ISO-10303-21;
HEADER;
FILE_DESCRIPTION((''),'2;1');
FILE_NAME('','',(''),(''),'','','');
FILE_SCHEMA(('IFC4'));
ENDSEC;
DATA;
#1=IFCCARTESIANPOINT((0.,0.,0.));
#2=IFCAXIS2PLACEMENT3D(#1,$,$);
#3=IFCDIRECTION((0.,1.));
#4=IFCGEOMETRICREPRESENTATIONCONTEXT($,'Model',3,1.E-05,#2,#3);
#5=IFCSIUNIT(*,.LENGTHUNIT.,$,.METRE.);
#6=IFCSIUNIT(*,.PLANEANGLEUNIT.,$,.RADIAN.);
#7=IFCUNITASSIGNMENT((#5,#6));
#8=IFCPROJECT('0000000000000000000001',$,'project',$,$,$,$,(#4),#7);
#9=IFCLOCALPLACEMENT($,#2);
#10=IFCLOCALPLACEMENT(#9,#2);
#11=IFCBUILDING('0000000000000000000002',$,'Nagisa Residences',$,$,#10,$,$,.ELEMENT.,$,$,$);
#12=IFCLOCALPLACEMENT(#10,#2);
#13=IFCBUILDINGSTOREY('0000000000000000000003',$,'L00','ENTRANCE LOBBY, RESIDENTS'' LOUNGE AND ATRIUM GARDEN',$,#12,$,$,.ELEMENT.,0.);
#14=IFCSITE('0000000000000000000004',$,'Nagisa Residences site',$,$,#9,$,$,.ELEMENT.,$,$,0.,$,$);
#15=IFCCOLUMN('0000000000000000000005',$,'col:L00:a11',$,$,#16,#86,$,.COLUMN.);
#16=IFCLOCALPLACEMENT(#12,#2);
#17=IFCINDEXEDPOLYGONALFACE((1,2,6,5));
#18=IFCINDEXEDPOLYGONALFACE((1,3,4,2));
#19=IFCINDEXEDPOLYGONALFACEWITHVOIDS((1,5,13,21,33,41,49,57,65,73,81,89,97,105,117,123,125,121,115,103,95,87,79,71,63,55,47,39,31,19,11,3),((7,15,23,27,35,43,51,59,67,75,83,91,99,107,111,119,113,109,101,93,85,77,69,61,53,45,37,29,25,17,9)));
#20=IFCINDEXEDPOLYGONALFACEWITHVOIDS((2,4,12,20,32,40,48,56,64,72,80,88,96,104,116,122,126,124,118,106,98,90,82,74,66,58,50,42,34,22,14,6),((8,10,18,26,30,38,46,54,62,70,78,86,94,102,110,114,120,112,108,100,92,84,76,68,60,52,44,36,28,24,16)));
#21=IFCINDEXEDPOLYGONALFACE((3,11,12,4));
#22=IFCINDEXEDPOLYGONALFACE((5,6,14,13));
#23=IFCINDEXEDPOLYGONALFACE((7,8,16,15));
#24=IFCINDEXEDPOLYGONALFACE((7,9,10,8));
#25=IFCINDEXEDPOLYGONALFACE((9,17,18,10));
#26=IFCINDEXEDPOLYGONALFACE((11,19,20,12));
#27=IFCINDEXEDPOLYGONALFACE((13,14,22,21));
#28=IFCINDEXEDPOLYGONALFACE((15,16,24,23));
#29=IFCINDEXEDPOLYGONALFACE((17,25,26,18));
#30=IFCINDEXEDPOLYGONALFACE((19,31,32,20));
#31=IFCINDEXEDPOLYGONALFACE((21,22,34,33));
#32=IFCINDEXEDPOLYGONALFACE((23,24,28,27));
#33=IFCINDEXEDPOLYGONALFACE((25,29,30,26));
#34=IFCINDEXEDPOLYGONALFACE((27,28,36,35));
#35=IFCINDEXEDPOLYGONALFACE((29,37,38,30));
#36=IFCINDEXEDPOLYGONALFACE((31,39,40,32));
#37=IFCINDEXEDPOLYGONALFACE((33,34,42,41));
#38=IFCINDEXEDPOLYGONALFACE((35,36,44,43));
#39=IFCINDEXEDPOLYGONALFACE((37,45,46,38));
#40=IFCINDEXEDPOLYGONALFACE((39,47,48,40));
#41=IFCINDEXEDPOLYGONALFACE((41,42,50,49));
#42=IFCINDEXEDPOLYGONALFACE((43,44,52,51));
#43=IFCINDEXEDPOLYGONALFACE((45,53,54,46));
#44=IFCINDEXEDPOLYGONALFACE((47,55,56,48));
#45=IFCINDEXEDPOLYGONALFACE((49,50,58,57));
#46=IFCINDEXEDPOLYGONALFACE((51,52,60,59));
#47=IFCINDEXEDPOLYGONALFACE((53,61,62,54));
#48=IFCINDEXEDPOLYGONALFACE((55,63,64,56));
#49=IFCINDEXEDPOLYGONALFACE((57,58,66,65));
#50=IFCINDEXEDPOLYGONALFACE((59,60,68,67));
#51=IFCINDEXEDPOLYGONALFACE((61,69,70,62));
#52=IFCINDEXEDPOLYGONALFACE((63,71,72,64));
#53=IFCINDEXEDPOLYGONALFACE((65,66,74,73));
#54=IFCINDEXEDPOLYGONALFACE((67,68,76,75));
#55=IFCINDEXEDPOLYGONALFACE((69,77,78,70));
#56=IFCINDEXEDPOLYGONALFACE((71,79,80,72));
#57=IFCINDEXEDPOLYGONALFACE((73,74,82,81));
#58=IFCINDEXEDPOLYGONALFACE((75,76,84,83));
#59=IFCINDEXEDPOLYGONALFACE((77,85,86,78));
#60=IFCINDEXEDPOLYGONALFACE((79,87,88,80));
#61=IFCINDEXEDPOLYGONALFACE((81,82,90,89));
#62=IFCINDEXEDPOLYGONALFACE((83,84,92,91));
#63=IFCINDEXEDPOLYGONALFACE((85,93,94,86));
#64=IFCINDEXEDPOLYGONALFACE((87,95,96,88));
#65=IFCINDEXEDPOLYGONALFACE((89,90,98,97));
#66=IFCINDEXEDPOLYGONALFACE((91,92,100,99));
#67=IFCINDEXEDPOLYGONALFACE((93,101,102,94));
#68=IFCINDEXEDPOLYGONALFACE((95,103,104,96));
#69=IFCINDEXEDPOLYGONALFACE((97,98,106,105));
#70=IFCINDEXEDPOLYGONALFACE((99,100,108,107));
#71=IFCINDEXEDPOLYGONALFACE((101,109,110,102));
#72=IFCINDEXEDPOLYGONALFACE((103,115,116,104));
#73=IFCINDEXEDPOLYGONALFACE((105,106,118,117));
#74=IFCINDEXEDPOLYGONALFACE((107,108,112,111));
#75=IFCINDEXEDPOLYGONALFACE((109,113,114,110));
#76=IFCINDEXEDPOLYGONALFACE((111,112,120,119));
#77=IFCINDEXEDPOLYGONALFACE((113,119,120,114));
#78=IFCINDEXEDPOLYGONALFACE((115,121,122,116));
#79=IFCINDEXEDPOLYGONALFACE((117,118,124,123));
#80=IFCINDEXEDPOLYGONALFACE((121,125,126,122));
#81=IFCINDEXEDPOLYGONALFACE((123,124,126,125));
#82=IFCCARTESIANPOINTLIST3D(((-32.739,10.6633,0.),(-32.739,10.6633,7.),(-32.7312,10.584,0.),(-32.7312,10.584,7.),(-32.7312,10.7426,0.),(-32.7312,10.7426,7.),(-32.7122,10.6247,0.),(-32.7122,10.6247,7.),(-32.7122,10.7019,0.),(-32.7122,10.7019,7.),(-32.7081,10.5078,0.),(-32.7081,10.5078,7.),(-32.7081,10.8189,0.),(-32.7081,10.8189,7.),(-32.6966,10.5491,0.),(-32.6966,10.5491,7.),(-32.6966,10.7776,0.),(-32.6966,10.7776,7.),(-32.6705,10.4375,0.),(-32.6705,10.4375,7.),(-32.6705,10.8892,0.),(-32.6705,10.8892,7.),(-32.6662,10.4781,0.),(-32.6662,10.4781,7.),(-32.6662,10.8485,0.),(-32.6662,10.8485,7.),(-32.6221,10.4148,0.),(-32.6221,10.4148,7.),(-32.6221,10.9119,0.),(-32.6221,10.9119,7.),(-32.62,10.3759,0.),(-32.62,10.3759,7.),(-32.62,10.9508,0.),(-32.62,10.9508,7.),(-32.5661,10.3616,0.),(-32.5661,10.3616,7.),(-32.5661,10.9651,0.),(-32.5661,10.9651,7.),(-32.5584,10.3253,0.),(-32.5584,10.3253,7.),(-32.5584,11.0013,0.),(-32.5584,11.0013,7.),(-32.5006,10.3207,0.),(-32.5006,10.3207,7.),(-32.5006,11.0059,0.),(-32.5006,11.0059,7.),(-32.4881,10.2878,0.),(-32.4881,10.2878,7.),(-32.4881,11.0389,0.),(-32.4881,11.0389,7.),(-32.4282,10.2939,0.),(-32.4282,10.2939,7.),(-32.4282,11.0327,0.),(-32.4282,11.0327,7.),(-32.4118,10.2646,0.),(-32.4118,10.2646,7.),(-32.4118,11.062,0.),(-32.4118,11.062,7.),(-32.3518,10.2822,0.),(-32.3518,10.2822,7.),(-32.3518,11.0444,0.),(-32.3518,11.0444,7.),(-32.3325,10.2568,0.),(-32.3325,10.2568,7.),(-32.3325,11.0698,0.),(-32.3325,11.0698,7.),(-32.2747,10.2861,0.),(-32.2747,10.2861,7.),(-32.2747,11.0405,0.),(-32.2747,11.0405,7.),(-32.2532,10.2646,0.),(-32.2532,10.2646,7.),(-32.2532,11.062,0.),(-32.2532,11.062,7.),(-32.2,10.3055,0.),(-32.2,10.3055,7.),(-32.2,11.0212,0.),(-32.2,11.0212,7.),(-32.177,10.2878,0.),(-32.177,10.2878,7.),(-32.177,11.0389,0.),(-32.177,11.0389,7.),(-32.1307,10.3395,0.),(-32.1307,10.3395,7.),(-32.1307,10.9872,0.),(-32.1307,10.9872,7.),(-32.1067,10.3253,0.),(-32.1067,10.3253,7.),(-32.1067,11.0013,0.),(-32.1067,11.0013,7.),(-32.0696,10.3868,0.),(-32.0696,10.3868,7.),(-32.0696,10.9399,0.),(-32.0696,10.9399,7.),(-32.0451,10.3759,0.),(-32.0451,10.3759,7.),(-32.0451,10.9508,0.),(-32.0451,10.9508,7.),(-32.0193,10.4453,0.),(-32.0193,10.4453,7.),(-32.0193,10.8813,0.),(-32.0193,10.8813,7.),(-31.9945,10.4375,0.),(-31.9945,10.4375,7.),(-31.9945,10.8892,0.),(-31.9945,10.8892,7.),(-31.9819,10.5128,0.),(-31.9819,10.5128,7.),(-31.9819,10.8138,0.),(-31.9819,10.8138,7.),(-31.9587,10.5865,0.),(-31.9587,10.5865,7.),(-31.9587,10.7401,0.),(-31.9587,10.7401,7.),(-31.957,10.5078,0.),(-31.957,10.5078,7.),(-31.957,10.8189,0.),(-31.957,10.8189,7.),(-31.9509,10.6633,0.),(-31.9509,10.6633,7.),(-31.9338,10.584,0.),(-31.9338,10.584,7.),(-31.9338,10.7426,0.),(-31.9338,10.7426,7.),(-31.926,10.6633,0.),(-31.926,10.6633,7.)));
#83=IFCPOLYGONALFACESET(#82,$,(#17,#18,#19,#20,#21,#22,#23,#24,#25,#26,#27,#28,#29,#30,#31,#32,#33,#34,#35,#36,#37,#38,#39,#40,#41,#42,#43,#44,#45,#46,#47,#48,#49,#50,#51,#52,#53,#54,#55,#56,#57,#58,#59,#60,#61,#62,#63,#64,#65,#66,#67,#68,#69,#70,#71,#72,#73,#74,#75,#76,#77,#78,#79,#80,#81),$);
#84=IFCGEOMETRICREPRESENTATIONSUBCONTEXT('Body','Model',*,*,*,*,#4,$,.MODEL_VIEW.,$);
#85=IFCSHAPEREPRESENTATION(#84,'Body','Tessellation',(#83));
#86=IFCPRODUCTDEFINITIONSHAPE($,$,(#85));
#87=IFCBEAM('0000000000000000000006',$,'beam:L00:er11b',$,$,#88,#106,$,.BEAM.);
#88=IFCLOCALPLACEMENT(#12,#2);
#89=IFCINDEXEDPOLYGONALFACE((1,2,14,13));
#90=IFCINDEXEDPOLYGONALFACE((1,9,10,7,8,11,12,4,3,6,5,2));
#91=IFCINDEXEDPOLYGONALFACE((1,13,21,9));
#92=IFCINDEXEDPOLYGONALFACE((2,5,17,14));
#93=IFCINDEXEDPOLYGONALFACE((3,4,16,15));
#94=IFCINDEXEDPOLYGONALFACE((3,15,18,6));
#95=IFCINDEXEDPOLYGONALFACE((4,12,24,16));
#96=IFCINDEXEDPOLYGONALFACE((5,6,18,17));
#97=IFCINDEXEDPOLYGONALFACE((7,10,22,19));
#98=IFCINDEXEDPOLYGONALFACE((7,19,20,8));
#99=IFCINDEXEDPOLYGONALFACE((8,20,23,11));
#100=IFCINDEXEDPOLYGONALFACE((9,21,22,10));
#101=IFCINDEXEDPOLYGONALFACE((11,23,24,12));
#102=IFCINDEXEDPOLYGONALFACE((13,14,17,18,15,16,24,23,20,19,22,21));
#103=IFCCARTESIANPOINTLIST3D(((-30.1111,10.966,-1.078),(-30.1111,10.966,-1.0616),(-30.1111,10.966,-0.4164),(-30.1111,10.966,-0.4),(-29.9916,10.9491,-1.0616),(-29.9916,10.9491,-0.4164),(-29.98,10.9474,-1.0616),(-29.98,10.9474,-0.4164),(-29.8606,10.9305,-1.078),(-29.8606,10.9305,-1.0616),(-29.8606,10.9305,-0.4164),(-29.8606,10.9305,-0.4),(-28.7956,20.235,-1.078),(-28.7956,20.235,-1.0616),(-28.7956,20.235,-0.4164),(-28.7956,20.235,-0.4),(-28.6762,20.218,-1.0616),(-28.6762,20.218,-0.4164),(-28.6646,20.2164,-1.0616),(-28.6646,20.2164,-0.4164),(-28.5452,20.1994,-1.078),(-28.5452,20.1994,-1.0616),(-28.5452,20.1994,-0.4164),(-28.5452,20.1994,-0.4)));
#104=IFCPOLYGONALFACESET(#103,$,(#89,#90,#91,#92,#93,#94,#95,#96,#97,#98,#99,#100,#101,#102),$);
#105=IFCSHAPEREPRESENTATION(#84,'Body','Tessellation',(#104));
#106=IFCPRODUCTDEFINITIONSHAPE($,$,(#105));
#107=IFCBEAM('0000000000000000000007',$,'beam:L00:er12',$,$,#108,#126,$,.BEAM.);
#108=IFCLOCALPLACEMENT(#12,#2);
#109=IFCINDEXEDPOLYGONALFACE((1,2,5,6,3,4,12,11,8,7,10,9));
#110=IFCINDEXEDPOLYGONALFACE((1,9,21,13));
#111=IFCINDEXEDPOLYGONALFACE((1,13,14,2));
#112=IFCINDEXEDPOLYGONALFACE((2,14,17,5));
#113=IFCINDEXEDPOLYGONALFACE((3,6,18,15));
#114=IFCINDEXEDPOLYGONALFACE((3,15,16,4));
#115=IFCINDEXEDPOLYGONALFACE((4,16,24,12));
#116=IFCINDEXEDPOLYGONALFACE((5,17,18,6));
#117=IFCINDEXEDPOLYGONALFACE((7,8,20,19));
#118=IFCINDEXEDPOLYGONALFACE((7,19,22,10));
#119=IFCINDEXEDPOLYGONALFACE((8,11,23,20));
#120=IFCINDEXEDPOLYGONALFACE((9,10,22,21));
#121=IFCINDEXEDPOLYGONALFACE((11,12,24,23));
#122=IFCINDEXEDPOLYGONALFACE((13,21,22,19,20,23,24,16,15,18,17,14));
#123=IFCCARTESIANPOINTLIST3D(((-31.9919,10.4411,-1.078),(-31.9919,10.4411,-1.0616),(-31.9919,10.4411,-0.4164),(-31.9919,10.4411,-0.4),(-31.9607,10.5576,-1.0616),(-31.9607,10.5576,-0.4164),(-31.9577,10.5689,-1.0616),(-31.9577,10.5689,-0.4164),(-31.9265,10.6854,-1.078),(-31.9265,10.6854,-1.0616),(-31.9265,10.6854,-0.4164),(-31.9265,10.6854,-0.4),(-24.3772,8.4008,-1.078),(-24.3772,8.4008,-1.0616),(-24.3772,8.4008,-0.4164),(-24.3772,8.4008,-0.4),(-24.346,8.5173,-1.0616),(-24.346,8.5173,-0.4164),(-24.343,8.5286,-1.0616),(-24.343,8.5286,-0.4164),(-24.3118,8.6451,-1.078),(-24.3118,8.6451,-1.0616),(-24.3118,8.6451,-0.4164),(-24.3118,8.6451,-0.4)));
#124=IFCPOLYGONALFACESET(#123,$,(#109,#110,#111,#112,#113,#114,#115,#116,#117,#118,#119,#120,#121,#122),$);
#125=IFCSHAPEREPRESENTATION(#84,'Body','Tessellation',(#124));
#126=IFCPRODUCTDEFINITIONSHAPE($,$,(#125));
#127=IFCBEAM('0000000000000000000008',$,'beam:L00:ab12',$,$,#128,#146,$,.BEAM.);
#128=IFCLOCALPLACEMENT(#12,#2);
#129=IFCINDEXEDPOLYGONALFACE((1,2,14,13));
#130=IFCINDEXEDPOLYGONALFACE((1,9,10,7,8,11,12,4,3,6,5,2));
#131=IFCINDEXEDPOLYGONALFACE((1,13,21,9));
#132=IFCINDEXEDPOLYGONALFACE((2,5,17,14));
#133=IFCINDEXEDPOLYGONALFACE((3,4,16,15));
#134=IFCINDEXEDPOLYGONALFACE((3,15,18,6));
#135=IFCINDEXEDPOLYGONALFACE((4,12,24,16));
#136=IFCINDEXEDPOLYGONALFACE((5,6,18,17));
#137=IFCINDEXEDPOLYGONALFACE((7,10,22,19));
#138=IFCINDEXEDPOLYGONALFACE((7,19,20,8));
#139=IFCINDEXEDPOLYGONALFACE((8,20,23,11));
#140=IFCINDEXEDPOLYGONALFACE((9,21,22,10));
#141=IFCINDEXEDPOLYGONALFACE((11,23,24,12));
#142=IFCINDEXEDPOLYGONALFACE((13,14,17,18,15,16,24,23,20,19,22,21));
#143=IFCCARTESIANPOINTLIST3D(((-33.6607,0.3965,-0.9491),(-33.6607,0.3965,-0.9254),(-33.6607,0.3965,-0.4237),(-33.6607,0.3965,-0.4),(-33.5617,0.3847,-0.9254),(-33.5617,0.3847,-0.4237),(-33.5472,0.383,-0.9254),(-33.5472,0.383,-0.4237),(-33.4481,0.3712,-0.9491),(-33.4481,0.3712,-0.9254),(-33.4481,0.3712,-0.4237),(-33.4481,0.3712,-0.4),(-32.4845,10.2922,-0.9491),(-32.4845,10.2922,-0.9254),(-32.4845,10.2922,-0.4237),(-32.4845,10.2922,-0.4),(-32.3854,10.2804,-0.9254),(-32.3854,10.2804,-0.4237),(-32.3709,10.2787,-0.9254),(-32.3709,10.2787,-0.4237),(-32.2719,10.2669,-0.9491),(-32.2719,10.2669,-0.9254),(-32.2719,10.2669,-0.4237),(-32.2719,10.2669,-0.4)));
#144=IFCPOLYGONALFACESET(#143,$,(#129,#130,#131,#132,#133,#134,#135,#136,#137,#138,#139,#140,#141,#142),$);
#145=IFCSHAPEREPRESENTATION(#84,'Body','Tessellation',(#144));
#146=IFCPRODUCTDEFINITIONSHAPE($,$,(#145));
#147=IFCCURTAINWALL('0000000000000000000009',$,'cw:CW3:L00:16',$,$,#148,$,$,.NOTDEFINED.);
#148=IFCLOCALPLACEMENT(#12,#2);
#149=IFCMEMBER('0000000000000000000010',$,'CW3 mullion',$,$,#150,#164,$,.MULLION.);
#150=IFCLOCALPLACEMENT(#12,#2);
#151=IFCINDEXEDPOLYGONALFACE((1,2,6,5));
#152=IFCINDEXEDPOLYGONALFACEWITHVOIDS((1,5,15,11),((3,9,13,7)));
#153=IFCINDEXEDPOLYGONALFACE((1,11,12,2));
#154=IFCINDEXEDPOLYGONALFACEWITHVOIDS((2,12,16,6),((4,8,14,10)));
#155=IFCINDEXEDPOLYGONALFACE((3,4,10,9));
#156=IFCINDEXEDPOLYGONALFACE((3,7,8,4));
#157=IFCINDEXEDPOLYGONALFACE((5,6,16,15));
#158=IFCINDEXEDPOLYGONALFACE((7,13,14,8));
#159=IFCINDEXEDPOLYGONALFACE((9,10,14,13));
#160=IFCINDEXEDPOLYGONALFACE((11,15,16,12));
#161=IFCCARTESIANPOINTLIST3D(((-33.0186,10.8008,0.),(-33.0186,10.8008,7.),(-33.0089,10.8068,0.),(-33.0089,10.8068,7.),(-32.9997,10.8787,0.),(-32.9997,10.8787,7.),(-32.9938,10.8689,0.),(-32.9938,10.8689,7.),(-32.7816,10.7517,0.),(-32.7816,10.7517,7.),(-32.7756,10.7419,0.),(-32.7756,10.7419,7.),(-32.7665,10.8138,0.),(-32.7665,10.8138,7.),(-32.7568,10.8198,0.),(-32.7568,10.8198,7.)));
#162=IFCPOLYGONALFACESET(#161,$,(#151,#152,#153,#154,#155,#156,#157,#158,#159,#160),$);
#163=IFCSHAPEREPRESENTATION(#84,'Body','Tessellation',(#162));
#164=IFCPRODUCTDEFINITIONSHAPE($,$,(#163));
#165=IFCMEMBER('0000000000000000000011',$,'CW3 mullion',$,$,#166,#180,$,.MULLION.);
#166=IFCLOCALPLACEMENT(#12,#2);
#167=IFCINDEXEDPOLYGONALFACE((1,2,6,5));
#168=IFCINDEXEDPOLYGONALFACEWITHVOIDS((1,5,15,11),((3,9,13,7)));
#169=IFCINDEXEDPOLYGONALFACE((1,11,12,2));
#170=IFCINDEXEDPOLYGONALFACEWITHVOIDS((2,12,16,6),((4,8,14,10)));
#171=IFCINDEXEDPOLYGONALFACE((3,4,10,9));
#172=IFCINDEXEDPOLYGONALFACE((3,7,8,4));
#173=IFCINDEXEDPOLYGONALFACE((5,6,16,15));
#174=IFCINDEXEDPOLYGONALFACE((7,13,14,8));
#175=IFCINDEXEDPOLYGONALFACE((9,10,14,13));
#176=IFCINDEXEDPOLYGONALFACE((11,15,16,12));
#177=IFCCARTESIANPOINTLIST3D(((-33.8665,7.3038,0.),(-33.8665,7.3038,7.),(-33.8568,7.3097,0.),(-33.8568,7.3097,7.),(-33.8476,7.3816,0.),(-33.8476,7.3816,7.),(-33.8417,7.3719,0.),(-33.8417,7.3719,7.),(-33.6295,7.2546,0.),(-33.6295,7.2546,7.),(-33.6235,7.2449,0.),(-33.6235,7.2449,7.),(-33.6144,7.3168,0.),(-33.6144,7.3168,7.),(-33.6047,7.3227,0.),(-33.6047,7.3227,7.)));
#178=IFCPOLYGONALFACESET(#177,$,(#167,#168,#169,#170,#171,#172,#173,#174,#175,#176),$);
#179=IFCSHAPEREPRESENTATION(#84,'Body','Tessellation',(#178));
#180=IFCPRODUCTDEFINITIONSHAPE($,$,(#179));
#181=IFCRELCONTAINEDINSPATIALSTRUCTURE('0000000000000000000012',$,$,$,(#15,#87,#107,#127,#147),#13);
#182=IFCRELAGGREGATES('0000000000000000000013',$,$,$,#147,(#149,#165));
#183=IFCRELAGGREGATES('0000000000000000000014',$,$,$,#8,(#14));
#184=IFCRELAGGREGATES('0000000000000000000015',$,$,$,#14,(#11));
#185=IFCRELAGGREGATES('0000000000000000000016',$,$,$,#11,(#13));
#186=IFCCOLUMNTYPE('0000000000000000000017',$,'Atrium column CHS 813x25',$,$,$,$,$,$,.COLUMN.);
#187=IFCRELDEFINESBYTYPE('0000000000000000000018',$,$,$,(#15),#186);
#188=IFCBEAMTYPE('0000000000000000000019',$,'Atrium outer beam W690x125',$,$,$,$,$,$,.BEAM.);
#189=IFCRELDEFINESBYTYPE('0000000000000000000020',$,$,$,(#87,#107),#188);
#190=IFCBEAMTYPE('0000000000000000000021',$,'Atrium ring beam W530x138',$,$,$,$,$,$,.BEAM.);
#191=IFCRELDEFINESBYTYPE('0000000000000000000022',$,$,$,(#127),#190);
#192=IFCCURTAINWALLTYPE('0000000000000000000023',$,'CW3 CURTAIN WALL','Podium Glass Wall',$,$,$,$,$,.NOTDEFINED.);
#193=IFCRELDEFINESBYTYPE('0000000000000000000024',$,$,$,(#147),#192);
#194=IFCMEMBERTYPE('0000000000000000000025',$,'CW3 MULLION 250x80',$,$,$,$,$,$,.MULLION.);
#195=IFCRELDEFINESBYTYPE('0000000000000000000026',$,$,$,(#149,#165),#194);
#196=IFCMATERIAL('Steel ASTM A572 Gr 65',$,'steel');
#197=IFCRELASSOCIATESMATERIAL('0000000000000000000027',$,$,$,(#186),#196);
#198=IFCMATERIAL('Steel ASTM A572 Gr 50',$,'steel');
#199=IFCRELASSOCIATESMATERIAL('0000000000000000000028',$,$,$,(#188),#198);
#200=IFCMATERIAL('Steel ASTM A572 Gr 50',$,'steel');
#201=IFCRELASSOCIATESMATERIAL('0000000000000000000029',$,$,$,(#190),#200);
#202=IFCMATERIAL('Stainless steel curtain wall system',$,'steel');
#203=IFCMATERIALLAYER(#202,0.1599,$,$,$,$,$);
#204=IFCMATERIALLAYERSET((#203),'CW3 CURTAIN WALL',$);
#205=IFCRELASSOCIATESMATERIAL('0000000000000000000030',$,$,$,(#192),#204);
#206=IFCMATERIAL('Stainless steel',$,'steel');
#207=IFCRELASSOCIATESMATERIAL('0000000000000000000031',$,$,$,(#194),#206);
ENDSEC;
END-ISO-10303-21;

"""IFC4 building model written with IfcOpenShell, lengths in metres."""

from ifc_helpers import new_model, si_unit, direction, frame, origin, origin_2d, place, context, subcontext, project, spatial, hollow_rectangle, hollow_circle, i_section, extrude, material, layer, layer_set, material_profile, profile_set, type_object, element, aggregate, save


model = new_model("IFC4")

# Units and contexts
model_context = context("Model", 3, precision=1e-05, world=origin(), true_north=direction((0.0, 1.0)))
body_context = subcontext(model_context, "Body", "Model", "MODEL_VIEW")
ifc_project = project(units=[si_unit("LENGTHUNIT", "METRE"), si_unit("PLANEANGLEUNIT", "RADIAN")], contexts=[model_context])

# Site, building, storey
site_placement = place(None, origin())
site = spatial("IfcSite", under=ifc_project, at=site_placement, Name="Nagisa Residences site", CompositionType="ELEMENT", RefElevation=0.0)
building_placement = place(site_placement, origin())
building = spatial("IfcBuilding", under=site, at=building_placement, Name="Nagisa Residences", CompositionType="ELEMENT")
storey_placement = place(building_placement, origin())
storey = spatial("IfcBuildingStorey", under=building, at=storey_placement, Name="L00", Description="ENTRANCE LOBBY, RESIDENTS' LOUNGE AND ATRIUM GARDEN", CompositionType="ELEMENT", Elevation=0.0)

# Column
ifc_material_1 = material(Name="Steel ASTM A572 Gr 65", Category="steel")
ifc_material_profile_1 = material_profile(ifc_material_1, hollow_circle(Radius=0.4065, WallThickness=0.0249, at=origin_2d()), Name="CHS 813x25")
ifc_profile_set_1 = profile_set([ifc_material_profile_1], Name="Steel ASTM A572 Gr 65")
column_type = type_object("IfcColumnType", Name="Atrium column CHS 813x25", PredefinedType="COLUMN", material=ifc_profile_set_1)
column_placement = place(storey_placement, frame((-32.3325, 10.6633, 0.0), z_axis=(0.0, 0.0, 1.0), x_axis=(1.0, 0.0, 0.0)))
element("IfcColumn", 1, at=column_placement, inside=storey, type_object=column_type, Name="col:L00:a11", PredefinedType="COLUMN", context=body_context, shape_type="SweptSolid", body=[
    extrude(hollow_circle(Radius=0.4065, WallThickness=0.0249, at=origin_2d()), origin(), (0.0, 0.0, 1.0), 7.0),
])

# Beams
ifc_material_2 = material(Name="Steel ASTM A572 Gr 50", Category="steel")
ifc_material_profile_2 = material_profile(ifc_material_2, i_section(OverallWidth=0.2529, OverallDepth=0.678, WebThickness=0.0117, FlangeThickness=0.0164, at=origin_2d()), Name="W690x125")
ifc_profile_set_2 = profile_set([ifc_material_profile_2], Name="Steel ASTM A572 Gr 50")
beam_type_1 = type_object("IfcBeamType", Name="Atrium outer beam W690x125", PredefinedType="BEAM", material=ifc_profile_set_2)
beam_1_placement = place(storey_placement, frame((-29.9858, 10.9482, -0.739), z_axis=(0.140509, 0.990079, 0.0), x_axis=(-0.990079, 0.140509, 0.0)))
element("IfcBeam", 2, at=beam_1_placement, inside=storey, type_object=beam_type_1, Name="beam:L00:er11b", PredefinedType="BEAM", context=body_context, shape_type="SweptSolid", body=[
    extrude(i_section(OverallWidth=0.2529, OverallDepth=0.678, WebThickness=0.0117, FlangeThickness=0.0164, at=origin_2d()), origin(), (0.0, 0.0, 1.0), 9.3618),
])
beam_2_placement = place(storey_placement, frame((-24.3445, 8.5229, -0.739), z_axis=(-0.965928, 0.258809, 0.0), x_axis=(-0.258809, -0.965928, 0.0)))
element("IfcBeam", 3, at=beam_2_placement, inside=storey, type_object=beam_type_1, Name="beam:L00:er12", PredefinedType="BEAM", context=body_context, shape_type="SweptSolid", body=[
    extrude(i_section(OverallWidth=0.2529, OverallDepth=0.678, WebThickness=0.0117, FlangeThickness=0.0164, at=origin_2d()), origin(), (0.0, 0.0, 1.0), 7.8833),
])
ifc_material_3 = material(Name="Steel ASTM A572 Gr 50", Category="steel")
ifc_material_profile_3 = material_profile(ifc_material_3, i_section(OverallWidth=0.2141, OverallDepth=0.5491, WebThickness=0.0146, FlangeThickness=0.0237, at=origin_2d()), Name="W530x138")
ifc_profile_set_3 = profile_set([ifc_material_profile_3], Name="Steel ASTM A572 Gr 50")
beam_type_2 = type_object("IfcBeamType", Name="Atrium ring beam W530x138", PredefinedType="BEAM", material=ifc_profile_set_3)
beam_3_placement = place(storey_placement, frame((-32.3782, 10.2795, -0.6746), z_axis=(-0.118035, -0.993009, 0.0), x_axis=(0.993009, -0.118035, 0.0)))
element("IfcBeam", 4, at=beam_3_placement, inside=storey, type_object=beam_type_2, Name="beam:L00:ab12", PredefinedType="BEAM", context=body_context, shape_type="SweptSolid", body=[
    extrude(i_section(OverallWidth=0.2141, OverallDepth=0.5491, WebThickness=0.0146, FlangeThickness=0.0237, at=origin_2d()), origin(), (0.0, 0.0, 1.0), 9.9653),
])

# Curtain wall, members
ifc_material_4 = material(Name="Stainless steel curtain wall system", Category="steel")
ifc_layer_1 = layer(ifc_material_4, 0.1599)
ifc_layer_set_1 = layer_set([ifc_layer_1], Name="CW3 CURTAIN WALL")
curtain_wall_type = type_object("IfcCurtainWallType", Name="CW3 CURTAIN WALL", Description="Podium Glass Wall", PredefinedType="NOTDEFINED", material=ifc_layer_set_1)
curtain_wall_1_placement = place(storey_placement, origin())
curtain_wall_1 = element("IfcCurtainWall", 5, at=curtain_wall_1_placement, inside=storey, type_object=curtain_wall_type, Name="cw:CW3:L00:16", PredefinedType="NOTDEFINED")
ifc_material_5 = material(Name="Stainless steel", Category="steel")
ifc_material_profile_4 = material_profile(ifc_material_5, hollow_rectangle(XDim=0.25, YDim=0.0801, WallThickness=0.0081, at=origin_2d()), Name="CW3 MULLION 250x80")
ifc_profile_set_4 = profile_set([ifc_material_profile_4], Name="Stainless steel")
member_type_1 = type_object("IfcMemberType", Name="CW3 MULLION 250x80", PredefinedType="MULLION", material=ifc_profile_set_4)
member_1_placement = place(storey_placement, frame((-32.8877, 10.8103, 0.0), z_axis=(0.0, 0.0, 1.0), x_axis=(0.971849, -0.235606, 0.0)))
member_1 = element("IfcMember", 6, at=member_1_placement, type_object=member_type_1, Name="CW3 mullion", PredefinedType="MULLION", context=body_context, shape_type="SweptSolid", body=[
    extrude(hollow_rectangle(XDim=0.25, YDim=0.0801, WallThickness=0.0081, at=origin_2d()), origin(), (0.0, 0.0, 1.0), 7.0),
])
member_2_placement = place(storey_placement, frame((-33.7356, 7.3132, 0.0), z_axis=(0.0, 0.0, 1.0), x_axis=(0.971849, -0.235606, 0.0)))
member_2 = element("IfcMember", 7, at=member_2_placement, type_object=member_type_1, Name="CW3 mullion", PredefinedType="MULLION", context=body_context, shape_type="SweptSolid", body=[
    extrude(hollow_rectangle(XDim=0.25, YDim=0.0801, WallThickness=0.0081, at=origin_2d()), origin(), (0.0, 0.0, 1.0), 7.0),
])
aggregate(curtain_wall_1, [member_1, member_2])

save(model, "model.ifc")
